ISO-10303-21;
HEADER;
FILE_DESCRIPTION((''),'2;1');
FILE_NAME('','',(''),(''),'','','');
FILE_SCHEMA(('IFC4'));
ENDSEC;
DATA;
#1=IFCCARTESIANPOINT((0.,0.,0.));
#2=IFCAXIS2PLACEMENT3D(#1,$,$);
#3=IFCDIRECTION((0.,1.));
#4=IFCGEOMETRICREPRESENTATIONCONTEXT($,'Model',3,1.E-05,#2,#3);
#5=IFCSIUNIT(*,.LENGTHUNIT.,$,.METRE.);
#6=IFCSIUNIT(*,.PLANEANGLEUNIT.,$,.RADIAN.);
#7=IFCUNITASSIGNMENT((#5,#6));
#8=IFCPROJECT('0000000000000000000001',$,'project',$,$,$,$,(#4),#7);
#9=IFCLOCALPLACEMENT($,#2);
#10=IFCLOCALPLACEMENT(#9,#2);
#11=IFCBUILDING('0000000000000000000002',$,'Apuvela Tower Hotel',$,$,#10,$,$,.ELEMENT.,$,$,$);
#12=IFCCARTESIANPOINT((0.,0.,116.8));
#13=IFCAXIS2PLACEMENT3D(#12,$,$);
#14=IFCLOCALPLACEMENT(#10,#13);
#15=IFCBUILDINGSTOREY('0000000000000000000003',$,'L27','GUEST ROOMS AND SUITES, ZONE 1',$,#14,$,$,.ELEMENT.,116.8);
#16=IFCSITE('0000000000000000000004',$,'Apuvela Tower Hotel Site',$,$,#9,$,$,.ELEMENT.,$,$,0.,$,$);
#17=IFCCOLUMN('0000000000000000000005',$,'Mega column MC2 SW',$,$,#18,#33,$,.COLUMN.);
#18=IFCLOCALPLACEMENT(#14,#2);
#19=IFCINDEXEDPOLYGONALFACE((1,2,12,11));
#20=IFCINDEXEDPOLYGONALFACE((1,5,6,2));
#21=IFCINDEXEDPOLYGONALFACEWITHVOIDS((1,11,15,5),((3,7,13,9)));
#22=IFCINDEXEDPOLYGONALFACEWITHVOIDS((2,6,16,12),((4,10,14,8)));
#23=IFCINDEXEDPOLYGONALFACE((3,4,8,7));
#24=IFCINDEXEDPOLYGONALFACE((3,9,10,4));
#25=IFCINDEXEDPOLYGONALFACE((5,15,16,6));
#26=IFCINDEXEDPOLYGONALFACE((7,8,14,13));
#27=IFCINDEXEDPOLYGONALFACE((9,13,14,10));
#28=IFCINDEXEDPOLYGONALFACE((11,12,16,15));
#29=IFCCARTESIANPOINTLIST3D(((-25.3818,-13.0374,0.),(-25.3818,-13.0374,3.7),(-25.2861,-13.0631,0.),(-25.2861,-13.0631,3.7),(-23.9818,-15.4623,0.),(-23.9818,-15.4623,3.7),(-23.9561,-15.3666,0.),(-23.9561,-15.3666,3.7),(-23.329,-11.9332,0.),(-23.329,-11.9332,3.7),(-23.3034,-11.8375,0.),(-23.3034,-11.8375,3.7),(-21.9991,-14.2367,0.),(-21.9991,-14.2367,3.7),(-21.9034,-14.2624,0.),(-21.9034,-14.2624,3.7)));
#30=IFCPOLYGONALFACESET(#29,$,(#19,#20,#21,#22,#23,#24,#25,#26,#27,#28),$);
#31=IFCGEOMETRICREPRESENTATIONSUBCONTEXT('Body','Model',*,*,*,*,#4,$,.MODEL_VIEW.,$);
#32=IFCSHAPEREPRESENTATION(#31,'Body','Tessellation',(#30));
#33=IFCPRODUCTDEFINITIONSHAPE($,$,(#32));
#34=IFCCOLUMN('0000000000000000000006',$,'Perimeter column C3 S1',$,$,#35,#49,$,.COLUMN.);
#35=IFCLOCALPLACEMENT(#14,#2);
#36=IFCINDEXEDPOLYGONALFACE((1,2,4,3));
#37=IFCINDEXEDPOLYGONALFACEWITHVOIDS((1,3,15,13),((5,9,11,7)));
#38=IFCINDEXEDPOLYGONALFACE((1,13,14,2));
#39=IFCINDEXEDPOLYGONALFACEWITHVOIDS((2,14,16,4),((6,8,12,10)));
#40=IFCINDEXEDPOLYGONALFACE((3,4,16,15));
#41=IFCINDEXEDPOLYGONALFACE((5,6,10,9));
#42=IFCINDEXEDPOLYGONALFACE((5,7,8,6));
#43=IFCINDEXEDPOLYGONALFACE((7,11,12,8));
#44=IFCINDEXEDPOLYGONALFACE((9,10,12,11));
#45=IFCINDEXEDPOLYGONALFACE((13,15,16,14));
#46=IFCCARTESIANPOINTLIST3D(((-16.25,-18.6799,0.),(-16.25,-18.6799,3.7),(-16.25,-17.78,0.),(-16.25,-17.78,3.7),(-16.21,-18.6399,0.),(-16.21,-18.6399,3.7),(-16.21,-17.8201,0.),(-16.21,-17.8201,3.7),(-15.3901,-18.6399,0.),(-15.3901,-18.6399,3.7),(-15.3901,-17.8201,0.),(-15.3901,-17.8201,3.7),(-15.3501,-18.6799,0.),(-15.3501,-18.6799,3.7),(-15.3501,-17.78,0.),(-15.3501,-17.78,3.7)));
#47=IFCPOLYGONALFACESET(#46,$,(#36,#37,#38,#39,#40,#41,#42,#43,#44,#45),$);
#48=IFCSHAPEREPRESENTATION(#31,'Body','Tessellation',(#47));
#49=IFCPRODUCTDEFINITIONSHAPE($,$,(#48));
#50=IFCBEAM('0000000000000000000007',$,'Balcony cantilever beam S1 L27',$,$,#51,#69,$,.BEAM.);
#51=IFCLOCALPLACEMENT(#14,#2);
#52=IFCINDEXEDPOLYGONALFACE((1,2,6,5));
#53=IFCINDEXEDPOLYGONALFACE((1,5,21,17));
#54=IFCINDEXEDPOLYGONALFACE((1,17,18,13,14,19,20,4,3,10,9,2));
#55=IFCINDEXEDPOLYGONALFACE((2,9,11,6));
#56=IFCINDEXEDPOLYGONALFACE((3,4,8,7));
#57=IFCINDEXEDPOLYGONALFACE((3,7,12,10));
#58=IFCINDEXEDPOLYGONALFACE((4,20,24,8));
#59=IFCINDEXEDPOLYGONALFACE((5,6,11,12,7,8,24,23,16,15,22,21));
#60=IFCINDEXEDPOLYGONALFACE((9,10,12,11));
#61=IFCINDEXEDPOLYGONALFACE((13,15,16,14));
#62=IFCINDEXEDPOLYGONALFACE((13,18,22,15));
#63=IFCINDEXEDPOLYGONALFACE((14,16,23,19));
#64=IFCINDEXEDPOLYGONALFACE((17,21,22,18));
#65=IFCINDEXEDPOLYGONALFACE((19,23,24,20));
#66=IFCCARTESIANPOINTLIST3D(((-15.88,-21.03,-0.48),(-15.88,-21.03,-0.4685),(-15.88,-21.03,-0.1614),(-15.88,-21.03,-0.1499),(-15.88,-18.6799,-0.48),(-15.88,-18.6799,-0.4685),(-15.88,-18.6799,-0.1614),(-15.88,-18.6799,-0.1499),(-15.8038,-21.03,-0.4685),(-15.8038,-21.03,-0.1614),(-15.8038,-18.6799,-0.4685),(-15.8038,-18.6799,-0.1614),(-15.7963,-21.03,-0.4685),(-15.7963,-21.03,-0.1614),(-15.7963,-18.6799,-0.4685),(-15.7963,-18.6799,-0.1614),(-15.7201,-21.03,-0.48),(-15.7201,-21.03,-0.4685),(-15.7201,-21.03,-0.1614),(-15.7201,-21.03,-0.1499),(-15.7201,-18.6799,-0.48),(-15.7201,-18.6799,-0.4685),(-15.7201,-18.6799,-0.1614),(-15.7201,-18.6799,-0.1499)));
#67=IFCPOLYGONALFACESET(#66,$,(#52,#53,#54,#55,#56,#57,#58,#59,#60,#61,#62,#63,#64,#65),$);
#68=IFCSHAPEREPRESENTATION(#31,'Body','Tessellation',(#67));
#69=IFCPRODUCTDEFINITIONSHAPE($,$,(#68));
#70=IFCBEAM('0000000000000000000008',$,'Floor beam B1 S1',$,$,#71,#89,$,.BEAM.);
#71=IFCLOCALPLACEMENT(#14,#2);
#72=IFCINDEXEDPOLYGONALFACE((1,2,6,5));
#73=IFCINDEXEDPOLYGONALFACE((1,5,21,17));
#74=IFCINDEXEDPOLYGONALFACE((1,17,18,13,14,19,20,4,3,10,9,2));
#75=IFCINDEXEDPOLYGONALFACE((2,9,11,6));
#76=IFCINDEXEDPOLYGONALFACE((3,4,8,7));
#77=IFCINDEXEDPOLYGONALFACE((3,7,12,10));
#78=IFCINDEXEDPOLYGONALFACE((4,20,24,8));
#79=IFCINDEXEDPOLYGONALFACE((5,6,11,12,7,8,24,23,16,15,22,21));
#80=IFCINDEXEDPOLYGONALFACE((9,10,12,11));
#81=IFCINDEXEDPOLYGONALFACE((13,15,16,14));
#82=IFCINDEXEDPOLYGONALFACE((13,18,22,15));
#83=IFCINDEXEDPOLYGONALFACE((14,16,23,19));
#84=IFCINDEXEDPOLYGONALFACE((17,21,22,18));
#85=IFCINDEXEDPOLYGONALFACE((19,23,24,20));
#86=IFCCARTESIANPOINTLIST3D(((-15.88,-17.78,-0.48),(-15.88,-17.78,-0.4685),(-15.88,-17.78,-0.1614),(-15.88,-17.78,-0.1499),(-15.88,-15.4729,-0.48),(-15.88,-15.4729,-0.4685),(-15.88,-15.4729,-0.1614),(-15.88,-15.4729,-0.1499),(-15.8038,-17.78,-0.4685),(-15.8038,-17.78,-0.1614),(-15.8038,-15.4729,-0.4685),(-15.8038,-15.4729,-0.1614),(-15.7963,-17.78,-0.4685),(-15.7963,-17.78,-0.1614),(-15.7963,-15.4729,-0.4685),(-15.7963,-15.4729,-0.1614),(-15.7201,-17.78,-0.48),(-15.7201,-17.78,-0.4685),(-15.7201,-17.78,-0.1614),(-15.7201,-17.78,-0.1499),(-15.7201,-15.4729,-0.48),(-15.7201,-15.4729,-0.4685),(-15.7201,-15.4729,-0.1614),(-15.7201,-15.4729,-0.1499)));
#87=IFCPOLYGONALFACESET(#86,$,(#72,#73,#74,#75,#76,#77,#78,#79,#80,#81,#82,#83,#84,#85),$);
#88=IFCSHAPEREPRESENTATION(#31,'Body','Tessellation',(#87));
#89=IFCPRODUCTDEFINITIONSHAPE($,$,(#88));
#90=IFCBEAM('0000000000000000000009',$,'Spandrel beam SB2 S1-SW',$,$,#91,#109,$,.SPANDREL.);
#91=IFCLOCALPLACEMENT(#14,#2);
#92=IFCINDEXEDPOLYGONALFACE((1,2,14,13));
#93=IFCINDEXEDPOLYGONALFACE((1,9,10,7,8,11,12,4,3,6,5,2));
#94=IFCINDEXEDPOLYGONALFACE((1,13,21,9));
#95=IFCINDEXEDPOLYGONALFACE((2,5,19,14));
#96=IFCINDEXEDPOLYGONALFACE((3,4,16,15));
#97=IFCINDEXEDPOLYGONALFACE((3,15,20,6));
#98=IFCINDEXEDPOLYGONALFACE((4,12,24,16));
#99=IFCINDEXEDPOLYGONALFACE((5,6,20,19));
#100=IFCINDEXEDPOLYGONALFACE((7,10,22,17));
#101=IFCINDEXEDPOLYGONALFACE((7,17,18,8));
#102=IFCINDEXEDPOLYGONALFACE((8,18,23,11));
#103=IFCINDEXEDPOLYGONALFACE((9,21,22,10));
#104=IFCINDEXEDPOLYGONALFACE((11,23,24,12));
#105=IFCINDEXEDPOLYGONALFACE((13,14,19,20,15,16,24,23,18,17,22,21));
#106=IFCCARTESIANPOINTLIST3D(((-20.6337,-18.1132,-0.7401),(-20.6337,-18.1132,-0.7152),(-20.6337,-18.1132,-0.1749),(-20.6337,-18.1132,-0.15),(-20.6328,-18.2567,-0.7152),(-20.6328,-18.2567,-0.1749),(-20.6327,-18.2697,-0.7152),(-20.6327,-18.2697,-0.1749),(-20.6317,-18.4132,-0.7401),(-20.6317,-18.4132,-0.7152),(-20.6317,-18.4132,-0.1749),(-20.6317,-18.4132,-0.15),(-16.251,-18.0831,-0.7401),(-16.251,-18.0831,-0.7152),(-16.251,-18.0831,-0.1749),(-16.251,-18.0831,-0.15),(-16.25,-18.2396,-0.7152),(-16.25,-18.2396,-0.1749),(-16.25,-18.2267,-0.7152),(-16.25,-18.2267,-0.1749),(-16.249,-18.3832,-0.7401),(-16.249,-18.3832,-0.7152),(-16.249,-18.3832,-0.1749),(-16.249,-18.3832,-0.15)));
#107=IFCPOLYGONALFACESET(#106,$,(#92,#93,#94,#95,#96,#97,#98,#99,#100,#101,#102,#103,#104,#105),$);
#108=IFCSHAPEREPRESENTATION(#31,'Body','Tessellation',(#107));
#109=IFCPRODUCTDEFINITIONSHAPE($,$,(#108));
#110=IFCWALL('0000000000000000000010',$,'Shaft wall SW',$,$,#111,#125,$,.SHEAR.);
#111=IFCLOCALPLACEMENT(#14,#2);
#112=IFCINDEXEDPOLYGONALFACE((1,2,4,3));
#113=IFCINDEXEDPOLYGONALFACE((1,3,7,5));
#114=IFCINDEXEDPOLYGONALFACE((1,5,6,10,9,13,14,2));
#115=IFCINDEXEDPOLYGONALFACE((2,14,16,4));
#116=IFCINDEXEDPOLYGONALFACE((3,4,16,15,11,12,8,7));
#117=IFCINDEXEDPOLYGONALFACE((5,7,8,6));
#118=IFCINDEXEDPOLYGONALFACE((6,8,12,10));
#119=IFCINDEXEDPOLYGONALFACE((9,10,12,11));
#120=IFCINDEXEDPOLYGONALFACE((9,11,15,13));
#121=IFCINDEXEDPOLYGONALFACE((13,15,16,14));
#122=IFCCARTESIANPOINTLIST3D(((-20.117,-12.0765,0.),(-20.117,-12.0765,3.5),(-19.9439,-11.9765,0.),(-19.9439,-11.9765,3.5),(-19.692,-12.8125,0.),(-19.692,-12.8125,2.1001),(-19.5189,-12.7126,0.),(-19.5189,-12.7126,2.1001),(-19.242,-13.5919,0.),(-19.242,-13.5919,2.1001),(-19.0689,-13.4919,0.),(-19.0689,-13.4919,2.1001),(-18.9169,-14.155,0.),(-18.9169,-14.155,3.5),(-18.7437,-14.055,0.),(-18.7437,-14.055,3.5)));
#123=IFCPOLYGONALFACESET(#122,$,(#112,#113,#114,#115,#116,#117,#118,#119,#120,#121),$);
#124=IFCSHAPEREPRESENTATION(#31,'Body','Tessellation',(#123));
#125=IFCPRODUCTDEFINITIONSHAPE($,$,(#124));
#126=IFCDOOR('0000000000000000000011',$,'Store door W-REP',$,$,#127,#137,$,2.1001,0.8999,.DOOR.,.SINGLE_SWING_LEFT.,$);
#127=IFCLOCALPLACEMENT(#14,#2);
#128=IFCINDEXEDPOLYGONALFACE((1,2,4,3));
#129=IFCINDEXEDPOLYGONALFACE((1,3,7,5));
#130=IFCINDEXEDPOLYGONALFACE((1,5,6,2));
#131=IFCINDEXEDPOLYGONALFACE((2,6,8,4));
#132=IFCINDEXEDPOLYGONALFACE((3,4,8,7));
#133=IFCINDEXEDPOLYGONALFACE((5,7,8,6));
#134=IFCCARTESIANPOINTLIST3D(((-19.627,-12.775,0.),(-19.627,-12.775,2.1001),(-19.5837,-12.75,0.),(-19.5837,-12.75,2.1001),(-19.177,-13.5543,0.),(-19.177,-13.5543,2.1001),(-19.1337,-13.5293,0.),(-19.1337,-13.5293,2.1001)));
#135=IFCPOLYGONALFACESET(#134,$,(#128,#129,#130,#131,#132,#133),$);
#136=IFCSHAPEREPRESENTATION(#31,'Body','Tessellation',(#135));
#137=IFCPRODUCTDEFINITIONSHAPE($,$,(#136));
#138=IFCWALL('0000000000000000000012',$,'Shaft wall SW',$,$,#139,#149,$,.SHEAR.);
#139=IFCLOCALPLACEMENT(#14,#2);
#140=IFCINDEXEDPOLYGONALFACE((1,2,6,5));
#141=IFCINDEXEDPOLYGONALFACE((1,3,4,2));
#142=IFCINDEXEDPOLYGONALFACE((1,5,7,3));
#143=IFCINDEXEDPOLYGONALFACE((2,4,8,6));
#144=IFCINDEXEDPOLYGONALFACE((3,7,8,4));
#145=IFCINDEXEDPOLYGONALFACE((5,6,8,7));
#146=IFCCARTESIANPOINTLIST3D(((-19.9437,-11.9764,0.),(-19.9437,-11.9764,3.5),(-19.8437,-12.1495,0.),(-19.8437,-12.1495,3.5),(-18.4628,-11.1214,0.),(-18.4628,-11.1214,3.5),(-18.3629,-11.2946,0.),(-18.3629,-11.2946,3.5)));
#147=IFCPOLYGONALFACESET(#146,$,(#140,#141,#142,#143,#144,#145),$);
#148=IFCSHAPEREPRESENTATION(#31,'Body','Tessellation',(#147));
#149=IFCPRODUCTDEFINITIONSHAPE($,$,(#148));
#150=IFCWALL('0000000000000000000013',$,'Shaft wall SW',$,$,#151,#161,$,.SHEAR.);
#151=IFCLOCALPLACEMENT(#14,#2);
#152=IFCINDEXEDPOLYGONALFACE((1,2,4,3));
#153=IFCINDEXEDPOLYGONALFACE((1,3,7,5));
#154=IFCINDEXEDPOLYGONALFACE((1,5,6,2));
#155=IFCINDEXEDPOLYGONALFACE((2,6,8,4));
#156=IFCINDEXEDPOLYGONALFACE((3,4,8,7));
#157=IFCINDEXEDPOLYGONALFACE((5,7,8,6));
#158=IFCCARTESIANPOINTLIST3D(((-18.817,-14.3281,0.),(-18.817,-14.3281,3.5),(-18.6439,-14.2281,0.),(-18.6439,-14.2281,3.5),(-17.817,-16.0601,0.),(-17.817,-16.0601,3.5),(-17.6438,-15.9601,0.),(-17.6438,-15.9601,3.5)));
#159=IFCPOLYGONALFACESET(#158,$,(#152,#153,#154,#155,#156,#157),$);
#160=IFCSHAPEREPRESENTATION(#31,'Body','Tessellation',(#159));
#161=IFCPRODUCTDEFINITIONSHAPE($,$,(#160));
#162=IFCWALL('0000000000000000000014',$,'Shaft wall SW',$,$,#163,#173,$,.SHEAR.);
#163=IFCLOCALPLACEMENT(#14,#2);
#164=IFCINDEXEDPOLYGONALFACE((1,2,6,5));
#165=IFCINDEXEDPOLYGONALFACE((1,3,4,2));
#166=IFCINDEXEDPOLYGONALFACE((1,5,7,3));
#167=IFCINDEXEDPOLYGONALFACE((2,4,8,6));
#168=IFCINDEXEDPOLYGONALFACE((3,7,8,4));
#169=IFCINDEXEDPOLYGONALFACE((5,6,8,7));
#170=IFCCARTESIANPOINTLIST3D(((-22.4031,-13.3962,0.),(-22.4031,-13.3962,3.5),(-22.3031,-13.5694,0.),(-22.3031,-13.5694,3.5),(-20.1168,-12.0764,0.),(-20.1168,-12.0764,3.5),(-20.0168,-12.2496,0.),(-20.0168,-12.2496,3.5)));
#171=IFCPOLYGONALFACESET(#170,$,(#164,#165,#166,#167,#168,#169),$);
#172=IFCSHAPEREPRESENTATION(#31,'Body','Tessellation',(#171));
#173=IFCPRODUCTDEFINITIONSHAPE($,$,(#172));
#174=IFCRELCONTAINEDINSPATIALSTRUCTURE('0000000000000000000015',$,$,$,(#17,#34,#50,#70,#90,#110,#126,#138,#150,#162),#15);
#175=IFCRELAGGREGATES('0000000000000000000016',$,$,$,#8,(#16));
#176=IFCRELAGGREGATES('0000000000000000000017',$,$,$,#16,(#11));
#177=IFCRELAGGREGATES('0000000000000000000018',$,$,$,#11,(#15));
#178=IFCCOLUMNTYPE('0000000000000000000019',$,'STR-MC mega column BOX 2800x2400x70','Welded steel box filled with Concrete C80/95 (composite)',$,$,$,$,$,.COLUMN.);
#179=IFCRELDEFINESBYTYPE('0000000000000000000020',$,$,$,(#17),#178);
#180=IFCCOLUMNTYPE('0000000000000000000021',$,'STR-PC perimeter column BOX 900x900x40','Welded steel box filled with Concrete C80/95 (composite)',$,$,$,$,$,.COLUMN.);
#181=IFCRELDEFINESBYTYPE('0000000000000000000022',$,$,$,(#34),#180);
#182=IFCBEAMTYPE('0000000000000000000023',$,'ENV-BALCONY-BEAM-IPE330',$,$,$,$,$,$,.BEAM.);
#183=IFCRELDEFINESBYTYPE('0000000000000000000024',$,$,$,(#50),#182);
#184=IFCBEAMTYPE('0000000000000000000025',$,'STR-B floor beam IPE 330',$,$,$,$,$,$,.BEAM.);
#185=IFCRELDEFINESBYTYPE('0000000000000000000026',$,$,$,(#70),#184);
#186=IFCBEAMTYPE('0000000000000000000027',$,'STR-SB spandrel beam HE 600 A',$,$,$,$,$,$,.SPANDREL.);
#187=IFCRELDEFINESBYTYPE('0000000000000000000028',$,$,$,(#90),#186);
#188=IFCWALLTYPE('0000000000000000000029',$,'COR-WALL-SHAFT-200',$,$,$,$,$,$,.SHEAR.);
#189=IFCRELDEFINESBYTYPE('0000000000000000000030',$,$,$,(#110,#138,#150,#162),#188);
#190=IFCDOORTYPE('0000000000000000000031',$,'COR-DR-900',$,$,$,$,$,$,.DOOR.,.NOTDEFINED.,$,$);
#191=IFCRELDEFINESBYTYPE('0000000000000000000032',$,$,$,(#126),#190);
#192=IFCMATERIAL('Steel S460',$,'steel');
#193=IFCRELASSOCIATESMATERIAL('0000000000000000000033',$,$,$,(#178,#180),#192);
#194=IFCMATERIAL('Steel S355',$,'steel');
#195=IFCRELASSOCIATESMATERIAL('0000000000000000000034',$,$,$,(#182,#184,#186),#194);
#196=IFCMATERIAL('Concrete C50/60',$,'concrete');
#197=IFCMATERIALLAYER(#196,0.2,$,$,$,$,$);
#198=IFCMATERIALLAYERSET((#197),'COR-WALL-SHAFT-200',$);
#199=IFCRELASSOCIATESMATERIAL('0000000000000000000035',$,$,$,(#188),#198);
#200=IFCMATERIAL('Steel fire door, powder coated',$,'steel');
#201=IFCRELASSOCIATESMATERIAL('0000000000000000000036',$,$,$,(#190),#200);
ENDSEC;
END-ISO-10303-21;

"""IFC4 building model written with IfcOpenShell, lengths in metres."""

from ifc_helpers import new_model, si_unit, direction, frame, frame_2d, origin, origin_2d, place, context, subcontext, project, spatial, rectangle, hollow_rectangle, i_section, extrude, material, layer, layer_set, material_profile, profile_set, type_object, element, fill, save


model = new_model("IFC4")

# Units and contexts
model_context = context("Model", 3, precision=1e-05, world=origin(), true_north=direction((0.0, 1.0)))
body_context = subcontext(model_context, "Body", "Model", "MODEL_VIEW")
ifc_project = project(units=[si_unit("LENGTHUNIT", "METRE"), si_unit("PLANEANGLEUNIT", "RADIAN")], contexts=[model_context])

# Site, building, storey
site_placement = place(None, origin())
site = spatial("IfcSite", under=ifc_project, at=site_placement, Name="Apuvela Tower Hotel Site", CompositionType="ELEMENT", RefElevation=0.0)
building_placement = place(site_placement, origin())
building = spatial("IfcBuilding", under=site, at=building_placement, Name="Apuvela Tower Hotel", CompositionType="ELEMENT")
storey_placement = place(building_placement, frame((0.0, 0.0, 116.8)))
storey = spatial("IfcBuildingStorey", under=building, at=storey_placement, Name="L27", Description="GUEST ROOMS AND SUITES, ZONE 1", CompositionType="ELEMENT", Elevation=116.8)

# Columns
ifc_material_1 = material(Name="Steel S460", Category="steel")
ifc_material_profile_1 = material_profile(ifc_material_1, hollow_rectangle(XDim=2.8, YDim=2.3999, WallThickness=0.0701, at=origin_2d()), Name="BOX 2800x2400x70")
ifc_material_2 = material(Name="Concrete C80/95", Category="concrete")
ifc_material_profile_2 = material_profile(ifc_material_2, rectangle(XDim=2.6599, YDim=2.26, at=origin_2d()), Name="Concrete C80/95 infill")
ifc_profile_set_1 = profile_set([ifc_material_profile_1, ifc_material_profile_2], Name="Steel S460")
column_type_1 = type_object("IfcColumnType", Name="STR-MC mega column BOX 2800x2400x70", Description="Welded steel box filled with Concrete C80/95 (composite)", PredefinedType="COLUMN", material=ifc_profile_set_1)
column_1_placement = place(storey_placement, frame((-23.6426, -13.6499, 0.0), z_axis=(0.0, 0.0, 1.0), x_axis=(-0.5, 0.866025, 0.0)))
element("IfcColumn", 1, at=column_1_placement, inside=storey, type_object=column_type_1, Name="Mega column MC2 SW", PredefinedType="COLUMN", context=body_context, shape_type="SweptSolid", body=[
    extrude(hollow_rectangle(XDim=2.8, YDim=2.3999, WallThickness=0.0701, at=origin_2d()), origin(), (0.0, 0.0, 1.0), 3.7),
])
ifc_material_profile_3 = material_profile(ifc_material_1, hollow_rectangle(XDim=0.8999, YDim=0.8999, WallThickness=0.04, at=origin_2d()), Name="BOX 900x900x40")
ifc_material_profile_4 = material_profile(ifc_material_2, rectangle(XDim=0.8201, YDim=0.8201, at=origin_2d()), Name="Concrete C80/95 infill")
ifc_profile_set_2 = profile_set([ifc_material_profile_3, ifc_material_profile_4], Name="Steel S460")
column_type_2 = type_object("IfcColumnType", Name="STR-PC perimeter column BOX 900x900x40", Description="Welded steel box filled with Concrete C80/95 (composite)", PredefinedType="COLUMN", material=ifc_profile_set_2)
column_2_placement = place(storey_placement, frame((-15.8, -18.23, 0.0), z_axis=(0.0, 0.0, 1.0), x_axis=(-1.0, 0.0, 0.0)))
element("IfcColumn", 2, at=column_2_placement, inside=storey, type_object=column_type_2, Name="Perimeter column C3 S1", PredefinedType="COLUMN", context=body_context, shape_type="SweptSolid", body=[
    extrude(hollow_rectangle(XDim=0.8999, YDim=0.8999, WallThickness=0.04, at=origin_2d()), origin(), (0.0, 0.0, 1.0), 3.7),
])

# Beams
ifc_material_3 = material(Name="Steel S355", Category="steel")
ifc_material_profile_5 = material_profile(ifc_material_3, i_section(OverallWidth=0.1599, OverallDepth=0.3301, WebThickness=0.0076, FlangeThickness=0.0115, at=origin_2d()), Name="IPE 330")
ifc_profile_set_3 = profile_set([ifc_material_profile_5], Name="Steel S355")
beam_type_1 = type_object("IfcBeamType", Name="ENV-BALCONY-BEAM-IPE330", PredefinedType="BEAM", material=ifc_profile_set_3)
beam_1_placement = place(storey_placement, frame((-15.8, -18.6799, -0.3149), z_axis=(0.0, -1.0, 0.0), x_axis=(1.0, 0.0, 0.0)))
element("IfcBeam", 3, at=beam_1_placement, inside=storey, type_object=beam_type_1, Name="Balcony cantilever beam S1 L27", PredefinedType="BEAM", context=body_context, shape_type="SweptSolid", body=[
    extrude(i_section(OverallWidth=0.1599, OverallDepth=0.3301, WebThickness=0.0076, FlangeThickness=0.0115, at=origin_2d()), origin(), (0.0, 0.0, 1.0), 2.3501),
])
ifc_material_profile_6 = material_profile(ifc_material_3, i_section(OverallWidth=0.1599, OverallDepth=0.3301, WebThickness=0.0076, FlangeThickness=0.0115, at=origin_2d()), Name="IPE 330")
ifc_profile_set_4 = profile_set([ifc_material_profile_6], Name="Steel S355")
beam_type_2 = type_object("IfcBeamType", Name="STR-B floor beam IPE 330", PredefinedType="BEAM", material=ifc_profile_set_4)
beam_2_placement = place(storey_placement, frame((-15.8, -17.78, -0.3149), z_axis=(0.0, 1.0, 0.0), x_axis=(-1.0, 0.0, 0.0)))
element("IfcBeam", 4, at=beam_2_placement, inside=storey, type_object=beam_type_2, Name="Floor beam B1 S1", PredefinedType="BEAM", context=body_context, shape_type="SweptSolid", body=[
    extrude(i_section(OverallWidth=0.1599, OverallDepth=0.3301, WebThickness=0.0076, FlangeThickness=0.0115, at=origin_2d()), origin(), (0.0, 0.0, 1.0), 2.3071),
])
ifc_material_profile_7 = material_profile(ifc_material_3, i_section(OverallWidth=0.3, OverallDepth=0.5901, WebThickness=0.0129, FlangeThickness=0.0249, at=origin_2d()), Name="HE 600 A")
ifc_profile_set_5 = profile_set([ifc_material_profile_7], Name="Steel S355")
beam_type_3 = type_object("IfcBeamType", Name="STR-SB spandrel beam HE 600 A", PredefinedType="SPANDREL", material=ifc_profile_set_5)
beam_3_placement = place(storey_placement, frame((-16.25, -18.2332, -0.4451), z_axis=(-0.999977, -0.006851, 0.0), x_axis=(0.006851, -0.999977, 0.0)))
element("IfcBeam", 5, at=beam_3_placement, inside=storey, type_object=beam_type_3, Name="Spandrel beam SB2 S1-SW", PredefinedType="SPANDREL", context=body_context, shape_type="SweptSolid", body=[
    extrude(i_section(OverallWidth=0.3, OverallDepth=0.5901, WebThickness=0.0129, FlangeThickness=0.0249, at=origin_2d()), origin(), (0.0, 0.0, 1.0), 4.3828),
])

# Wall, opening, door
ifc_material_4 = material(Name="Concrete C50/60", Category="concrete")
ifc_layer_1 = layer(ifc_material_4, 0.2)
ifc_layer_set_1 = layer_set([ifc_layer_1], Name="COR-WALL-SHAFT-200")
wall_type_1 = type_object("IfcWallType", Name="COR-WALL-SHAFT-200", PredefinedType="SHEAR", material=ifc_layer_set_1)
wall_1_placement = place(storey_placement, frame((-20.0305, -12.0264, 0.0), z_axis=(0.0, 0.0, 1.0), x_axis=(0.500034, -0.866006, 0.0)))
wall_1 = element("IfcWall", 6, at=wall_1_placement, inside=storey, type_object=wall_type_1, Name="Shaft wall SW", PredefinedType="SHEAR", context=body_context, shape_type="SweptSolid", body=[
    extrude(rectangle(XDim=2.4001, YDim=0.2, at=frame_2d((1.2002, 0.0))), origin(), (0.0, 0.0, 1.0), 3.5),
])
opening_1_placement = place(wall_1_placement, frame((0.8501, 0.0, 0.0)))
opening_1 = element("IfcOpeningElement", 7, at=opening_1_placement, cuts=wall_1, PredefinedType="OPENING", context=body_context, shape_type="SweptSolid", body=[
    extrude(rectangle(XDim=0.8999, YDim=2.1001, at=frame_2d((0.45, 1.05))), frame((0.0, 0.1099, 0.0), z_axis=(0.0, -1.0, 0.0), x_axis=(1.0, 0.0, 0.0)), (0.0, 0.0, 1.0), 0.22),
])
ifc_material_5 = material(Name="Steel fire door, powder coated", Category="steel")
door_type_1 = type_object("IfcDoorType", Name="COR-DR-900", OperationType="NOTDEFINED", PredefinedType="DOOR", material=ifc_material_5)
door_1_placement = place(opening_1_placement, frame((0.8999, 0.0, 0.0), z_axis=(0.0, 0.0, 1.0), x_axis=(-1.0, 0.0, 0.0)))
door_1 = element("IfcDoor", 8, at=door_1_placement, inside=storey, type_object=door_type_1, Name="Store door W-REP", OperationType="SINGLE_SWING_LEFT", OverallHeight=2.1001, OverallWidth=0.8999, PredefinedType="DOOR", context=body_context, shape_type="SweptSolid", body=[
    extrude(rectangle(XDim=0.8999, YDim=2.1001, at=frame_2d((0.45, 1.05))), frame((0.0, 0.0249, 0.0), z_axis=(0.0, -1.0, 0.0), x_axis=(1.0, 0.0, 0.0)), (0.0, 0.0, 1.0), 0.05),
])
fill(opening_1, door_1)

# Walls
wall_2_placement = place(storey_placement, frame((-18.4128, -11.208, 0.0), z_axis=(0.0, 0.0, 1.0), x_axis=(-0.866038, -0.499978, 0.0)))
element("IfcWall", 9, at=wall_2_placement, inside=storey, type_object=wall_type_1, Name="Shaft wall SW", PredefinedType="SHEAR", context=body_context, shape_type="SweptSolid", body=[
    extrude(rectangle(XDim=1.71, YDim=0.2, at=frame_2d((0.855, 0.0))), origin(), (0.0, 0.0, 1.0), 3.5),
])
wall_3_placement = place(storey_placement, frame((-18.7305, -14.2781, 0.0), z_axis=(0.0, 0.0, 1.0), x_axis=(0.500025, -0.866011, 0.0)))
element("IfcWall", 10, at=wall_3_placement, inside=storey, type_object=wall_type_1, Name="Shaft wall SW", PredefinedType="SHEAR", context=body_context, shape_type="SweptSolid", body=[
    extrude(rectangle(XDim=2.0, YDim=0.2, at=frame_2d((1.0, 0.0))), origin(), (0.0, 0.0, 1.0), 3.5),
])
wall_4_placement = place(storey_placement, frame((-20.0669, -12.1631, 0.0), z_axis=(0.0, 0.0, 1.0), x_axis=(-0.866061, -0.499939, 0.0)))
element("IfcWall", 11, at=wall_4_placement, inside=storey, type_object=wall_type_1, Name="Shaft wall SW", PredefinedType="SHEAR", context=body_context, shape_type="SweptSolid", body=[
    extrude(rectangle(XDim=2.6399, YDim=0.2, at=frame_2d((1.3198, 0.0))), origin(), (0.0, 0.0, 1.0), 3.5),
])

save(model, "model.ifc")
